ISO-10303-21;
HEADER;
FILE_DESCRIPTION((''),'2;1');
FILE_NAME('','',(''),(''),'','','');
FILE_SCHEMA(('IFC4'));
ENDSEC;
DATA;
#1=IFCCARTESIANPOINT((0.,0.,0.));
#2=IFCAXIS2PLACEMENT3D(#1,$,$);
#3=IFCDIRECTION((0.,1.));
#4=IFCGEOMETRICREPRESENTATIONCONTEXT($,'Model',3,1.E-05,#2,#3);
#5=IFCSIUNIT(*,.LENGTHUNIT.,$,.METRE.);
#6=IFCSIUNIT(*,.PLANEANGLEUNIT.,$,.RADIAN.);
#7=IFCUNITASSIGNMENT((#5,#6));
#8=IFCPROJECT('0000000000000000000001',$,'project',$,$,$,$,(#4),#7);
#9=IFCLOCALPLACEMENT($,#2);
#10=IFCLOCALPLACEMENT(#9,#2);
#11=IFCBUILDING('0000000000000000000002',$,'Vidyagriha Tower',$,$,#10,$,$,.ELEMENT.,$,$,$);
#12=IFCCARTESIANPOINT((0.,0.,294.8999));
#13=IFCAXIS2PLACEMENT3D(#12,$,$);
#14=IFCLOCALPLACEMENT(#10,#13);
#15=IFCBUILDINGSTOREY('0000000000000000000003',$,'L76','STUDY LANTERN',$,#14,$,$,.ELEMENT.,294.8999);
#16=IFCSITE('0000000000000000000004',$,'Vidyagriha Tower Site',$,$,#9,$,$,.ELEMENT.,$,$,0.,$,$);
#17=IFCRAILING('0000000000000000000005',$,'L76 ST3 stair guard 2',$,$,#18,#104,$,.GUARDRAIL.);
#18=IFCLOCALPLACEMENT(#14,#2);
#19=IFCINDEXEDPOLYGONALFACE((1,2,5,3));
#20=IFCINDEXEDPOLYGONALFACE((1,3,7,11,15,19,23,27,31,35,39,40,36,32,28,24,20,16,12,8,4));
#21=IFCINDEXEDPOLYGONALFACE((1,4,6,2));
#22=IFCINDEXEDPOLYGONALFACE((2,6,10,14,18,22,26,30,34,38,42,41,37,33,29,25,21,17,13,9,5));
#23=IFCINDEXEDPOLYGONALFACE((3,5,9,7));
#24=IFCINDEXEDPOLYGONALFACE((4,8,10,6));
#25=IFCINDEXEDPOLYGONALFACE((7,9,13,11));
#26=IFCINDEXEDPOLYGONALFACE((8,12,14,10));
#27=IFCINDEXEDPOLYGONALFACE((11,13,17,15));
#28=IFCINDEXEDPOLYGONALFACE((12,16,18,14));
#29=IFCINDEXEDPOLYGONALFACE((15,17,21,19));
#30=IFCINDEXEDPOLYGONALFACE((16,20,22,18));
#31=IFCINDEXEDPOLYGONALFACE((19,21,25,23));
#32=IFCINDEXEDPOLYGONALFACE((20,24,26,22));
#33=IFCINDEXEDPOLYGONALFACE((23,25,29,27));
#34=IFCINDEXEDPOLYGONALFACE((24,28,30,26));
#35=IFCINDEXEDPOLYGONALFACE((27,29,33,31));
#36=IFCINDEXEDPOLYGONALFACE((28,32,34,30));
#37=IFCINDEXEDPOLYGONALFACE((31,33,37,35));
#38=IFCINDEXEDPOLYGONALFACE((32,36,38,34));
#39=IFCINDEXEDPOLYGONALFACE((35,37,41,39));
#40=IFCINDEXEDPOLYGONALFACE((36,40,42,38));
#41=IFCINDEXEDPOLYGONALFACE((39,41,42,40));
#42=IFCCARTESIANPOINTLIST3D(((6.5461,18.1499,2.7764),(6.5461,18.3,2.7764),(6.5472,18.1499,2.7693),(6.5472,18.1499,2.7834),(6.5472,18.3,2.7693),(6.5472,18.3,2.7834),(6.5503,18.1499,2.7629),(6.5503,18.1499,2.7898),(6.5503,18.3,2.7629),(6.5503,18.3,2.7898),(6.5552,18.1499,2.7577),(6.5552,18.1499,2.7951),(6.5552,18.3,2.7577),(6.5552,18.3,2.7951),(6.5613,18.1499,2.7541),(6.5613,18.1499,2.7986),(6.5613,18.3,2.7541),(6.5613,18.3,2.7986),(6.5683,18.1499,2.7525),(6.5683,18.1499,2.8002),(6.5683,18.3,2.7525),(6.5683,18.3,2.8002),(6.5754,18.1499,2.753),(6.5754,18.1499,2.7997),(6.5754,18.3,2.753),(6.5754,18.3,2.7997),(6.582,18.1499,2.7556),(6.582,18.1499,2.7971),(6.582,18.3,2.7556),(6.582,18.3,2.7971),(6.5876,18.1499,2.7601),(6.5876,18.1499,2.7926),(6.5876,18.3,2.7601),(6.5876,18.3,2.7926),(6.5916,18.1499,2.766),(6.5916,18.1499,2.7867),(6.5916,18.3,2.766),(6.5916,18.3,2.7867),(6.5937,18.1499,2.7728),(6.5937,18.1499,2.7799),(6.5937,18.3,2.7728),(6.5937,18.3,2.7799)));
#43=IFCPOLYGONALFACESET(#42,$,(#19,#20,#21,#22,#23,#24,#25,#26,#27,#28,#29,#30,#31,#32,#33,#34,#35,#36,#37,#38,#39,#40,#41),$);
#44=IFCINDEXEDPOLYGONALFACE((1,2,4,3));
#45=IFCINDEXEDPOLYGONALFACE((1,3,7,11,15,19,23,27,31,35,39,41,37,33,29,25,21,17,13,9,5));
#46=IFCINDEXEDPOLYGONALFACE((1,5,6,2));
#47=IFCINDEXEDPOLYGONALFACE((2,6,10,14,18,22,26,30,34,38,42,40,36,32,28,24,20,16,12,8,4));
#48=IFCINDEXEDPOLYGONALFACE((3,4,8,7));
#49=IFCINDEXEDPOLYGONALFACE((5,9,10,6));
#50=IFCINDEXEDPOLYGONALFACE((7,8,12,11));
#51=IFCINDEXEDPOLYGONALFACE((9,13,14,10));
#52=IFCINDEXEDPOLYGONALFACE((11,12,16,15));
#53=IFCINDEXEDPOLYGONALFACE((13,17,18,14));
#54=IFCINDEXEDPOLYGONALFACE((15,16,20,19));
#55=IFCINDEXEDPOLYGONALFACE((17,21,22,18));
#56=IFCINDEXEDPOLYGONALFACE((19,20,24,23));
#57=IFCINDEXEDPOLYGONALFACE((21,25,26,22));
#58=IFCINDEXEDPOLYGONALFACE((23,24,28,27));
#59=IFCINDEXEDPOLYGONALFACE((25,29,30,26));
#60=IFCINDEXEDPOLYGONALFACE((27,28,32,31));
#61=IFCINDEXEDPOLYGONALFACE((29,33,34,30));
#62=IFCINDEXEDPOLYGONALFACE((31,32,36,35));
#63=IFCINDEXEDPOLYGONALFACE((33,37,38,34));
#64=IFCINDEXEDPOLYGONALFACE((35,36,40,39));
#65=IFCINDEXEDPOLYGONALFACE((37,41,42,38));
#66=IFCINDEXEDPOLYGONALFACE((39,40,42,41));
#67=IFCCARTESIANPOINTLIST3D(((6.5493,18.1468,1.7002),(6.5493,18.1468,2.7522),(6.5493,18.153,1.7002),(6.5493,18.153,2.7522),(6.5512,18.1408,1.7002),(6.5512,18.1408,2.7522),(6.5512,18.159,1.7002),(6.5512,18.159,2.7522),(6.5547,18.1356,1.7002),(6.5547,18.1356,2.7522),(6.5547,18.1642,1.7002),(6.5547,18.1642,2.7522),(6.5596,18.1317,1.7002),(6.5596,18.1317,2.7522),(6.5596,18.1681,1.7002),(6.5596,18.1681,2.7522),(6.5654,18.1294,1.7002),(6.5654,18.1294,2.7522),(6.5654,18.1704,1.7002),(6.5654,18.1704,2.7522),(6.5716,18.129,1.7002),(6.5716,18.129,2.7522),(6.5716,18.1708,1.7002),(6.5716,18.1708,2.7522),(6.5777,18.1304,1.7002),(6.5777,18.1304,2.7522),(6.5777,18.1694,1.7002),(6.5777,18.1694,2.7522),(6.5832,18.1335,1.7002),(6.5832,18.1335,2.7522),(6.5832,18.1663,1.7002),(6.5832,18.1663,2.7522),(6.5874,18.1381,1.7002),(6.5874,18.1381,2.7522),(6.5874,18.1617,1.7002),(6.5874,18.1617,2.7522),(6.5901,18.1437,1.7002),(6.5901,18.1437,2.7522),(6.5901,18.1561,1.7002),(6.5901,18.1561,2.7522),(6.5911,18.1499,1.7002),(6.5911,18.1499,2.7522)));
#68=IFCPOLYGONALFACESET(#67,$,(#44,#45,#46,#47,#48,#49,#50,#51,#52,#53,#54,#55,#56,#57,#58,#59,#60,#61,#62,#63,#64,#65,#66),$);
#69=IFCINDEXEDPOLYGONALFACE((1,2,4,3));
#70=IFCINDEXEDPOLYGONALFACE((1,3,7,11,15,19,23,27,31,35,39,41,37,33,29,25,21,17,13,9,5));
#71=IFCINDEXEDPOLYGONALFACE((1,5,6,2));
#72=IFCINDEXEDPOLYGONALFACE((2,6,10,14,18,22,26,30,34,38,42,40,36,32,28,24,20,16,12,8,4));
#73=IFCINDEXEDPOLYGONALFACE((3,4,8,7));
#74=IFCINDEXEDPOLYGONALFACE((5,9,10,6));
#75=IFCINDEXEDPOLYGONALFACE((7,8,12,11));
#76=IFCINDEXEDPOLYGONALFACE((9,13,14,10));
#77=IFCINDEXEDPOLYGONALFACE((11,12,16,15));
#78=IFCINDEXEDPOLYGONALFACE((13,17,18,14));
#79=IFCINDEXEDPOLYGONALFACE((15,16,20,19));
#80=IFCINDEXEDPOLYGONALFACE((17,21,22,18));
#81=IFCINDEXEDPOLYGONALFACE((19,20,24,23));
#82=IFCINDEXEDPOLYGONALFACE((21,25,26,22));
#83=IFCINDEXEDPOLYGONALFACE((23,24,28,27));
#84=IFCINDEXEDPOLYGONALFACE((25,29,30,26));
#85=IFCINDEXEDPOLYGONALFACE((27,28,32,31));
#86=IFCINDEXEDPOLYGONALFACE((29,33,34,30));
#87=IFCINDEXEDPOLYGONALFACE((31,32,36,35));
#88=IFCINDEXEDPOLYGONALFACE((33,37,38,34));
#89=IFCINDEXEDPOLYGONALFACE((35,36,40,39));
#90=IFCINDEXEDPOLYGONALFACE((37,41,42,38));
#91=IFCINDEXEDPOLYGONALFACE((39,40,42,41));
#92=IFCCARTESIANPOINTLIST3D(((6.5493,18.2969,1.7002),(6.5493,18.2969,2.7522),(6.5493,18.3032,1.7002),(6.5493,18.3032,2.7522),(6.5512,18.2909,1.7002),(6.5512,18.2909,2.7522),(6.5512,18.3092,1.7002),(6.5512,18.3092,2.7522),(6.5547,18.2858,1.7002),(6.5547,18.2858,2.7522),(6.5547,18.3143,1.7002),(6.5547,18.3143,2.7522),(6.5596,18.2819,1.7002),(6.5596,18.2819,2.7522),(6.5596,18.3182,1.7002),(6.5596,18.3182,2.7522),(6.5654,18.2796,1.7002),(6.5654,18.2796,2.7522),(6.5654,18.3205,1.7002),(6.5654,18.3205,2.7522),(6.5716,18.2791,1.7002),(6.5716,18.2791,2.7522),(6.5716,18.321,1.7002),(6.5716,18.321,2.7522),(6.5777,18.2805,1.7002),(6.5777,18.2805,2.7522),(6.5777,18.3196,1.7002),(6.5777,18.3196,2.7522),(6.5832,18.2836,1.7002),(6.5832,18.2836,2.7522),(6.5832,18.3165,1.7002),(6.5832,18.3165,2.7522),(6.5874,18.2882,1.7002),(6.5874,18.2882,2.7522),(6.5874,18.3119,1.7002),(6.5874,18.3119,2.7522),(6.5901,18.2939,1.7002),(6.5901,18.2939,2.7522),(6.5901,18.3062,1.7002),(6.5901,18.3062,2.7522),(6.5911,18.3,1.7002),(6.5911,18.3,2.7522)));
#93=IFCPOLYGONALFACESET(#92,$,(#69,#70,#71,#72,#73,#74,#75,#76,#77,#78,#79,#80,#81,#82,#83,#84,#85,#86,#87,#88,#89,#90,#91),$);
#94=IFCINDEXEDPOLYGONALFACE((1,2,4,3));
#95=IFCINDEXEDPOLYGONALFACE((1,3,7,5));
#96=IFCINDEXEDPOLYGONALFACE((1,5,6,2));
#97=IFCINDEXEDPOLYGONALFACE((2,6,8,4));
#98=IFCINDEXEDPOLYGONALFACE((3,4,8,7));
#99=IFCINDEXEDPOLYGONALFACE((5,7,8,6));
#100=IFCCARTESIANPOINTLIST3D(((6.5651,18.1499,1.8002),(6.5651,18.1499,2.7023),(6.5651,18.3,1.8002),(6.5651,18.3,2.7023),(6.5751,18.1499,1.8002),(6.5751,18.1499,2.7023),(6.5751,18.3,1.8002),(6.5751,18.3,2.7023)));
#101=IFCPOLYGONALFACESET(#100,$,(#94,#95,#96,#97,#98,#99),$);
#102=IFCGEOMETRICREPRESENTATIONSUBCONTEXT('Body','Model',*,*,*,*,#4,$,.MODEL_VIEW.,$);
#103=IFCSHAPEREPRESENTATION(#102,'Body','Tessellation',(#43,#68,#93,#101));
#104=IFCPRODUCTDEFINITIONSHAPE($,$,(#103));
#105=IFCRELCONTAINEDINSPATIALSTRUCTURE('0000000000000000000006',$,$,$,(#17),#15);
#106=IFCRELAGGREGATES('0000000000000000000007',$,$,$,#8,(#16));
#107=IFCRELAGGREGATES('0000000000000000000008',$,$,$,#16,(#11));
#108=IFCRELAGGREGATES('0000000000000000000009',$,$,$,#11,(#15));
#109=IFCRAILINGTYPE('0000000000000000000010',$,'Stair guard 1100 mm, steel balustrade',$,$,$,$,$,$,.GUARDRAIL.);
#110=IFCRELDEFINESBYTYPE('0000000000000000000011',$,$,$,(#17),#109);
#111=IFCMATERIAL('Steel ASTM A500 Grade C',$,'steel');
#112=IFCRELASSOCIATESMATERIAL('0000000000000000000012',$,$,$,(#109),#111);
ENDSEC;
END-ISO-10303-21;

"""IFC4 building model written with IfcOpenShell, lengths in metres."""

from ifc_helpers import new_model, si_unit, direction, frame, origin, origin_2d, place, context, subcontext, project, spatial, rectangle, circle, extrude, material, type_object, element, save


model = new_model("IFC4")

# Units and contexts
model_context = context("Model", 3, precision=1e-05, world=origin(), true_north=direction((0.0, 1.0)))
body_context = subcontext(model_context, "Body", "Model", "MODEL_VIEW")
ifc_project = project(units=[si_unit("LENGTHUNIT", "METRE"), si_unit("PLANEANGLEUNIT", "RADIAN")], contexts=[model_context])

# Site, building, storey
site_placement = place(None, origin())
site = spatial("IfcSite", under=ifc_project, at=site_placement, Name="Vidyagriha Tower Site", CompositionType="ELEMENT", RefElevation=0.0)
building_placement = place(site_placement, origin())
building = spatial("IfcBuilding", under=site, at=building_placement, Name="Vidyagriha Tower", CompositionType="ELEMENT")
storey_placement = place(building_placement, frame((0.0, 0.0, 294.8999)))
storey = spatial("IfcBuildingStorey", under=building, at=storey_placement, Name="L76", Description="STUDY LANTERN", CompositionType="ELEMENT", Elevation=294.8999)

# Railing
ifc_material_1 = material(Name="Steel ASTM A500 Grade C", Category="steel")
railing_type_1 = type_object("IfcRailingType", Name="Stair guard 1100 mm, steel balustrade", PredefinedType="GUARDRAIL", material=ifc_material_1)
railing_1_placement = place(storey_placement, frame((6.5701, 18.1499, 1.7002)))
element("IfcRailing", 1, at=railing_1_placement, inside=storey, type_object=railing_type_1, Name="L76 ST3 stair guard 2", PredefinedType="GUARDRAIL", context=body_context, shape_type="SweptSolid", body=[
    extrude(circle(Radius=0.0239, at=origin_2d()), frame((0.0, 0.0, 1.0762), z_axis=(0.0, 1.0, 0.0), x_axis=(-1.0, 0.0, 0.0)), (0.0, 0.0, 1.0), 0.1501),
    extrude(circle(Radius=0.021, at=origin_2d()), origin(), (0.0, 0.0, 1.0), 1.052),
    extrude(circle(Radius=0.021, at=origin_2d()), frame((0.0, 0.1501, 0.0)), (0.0, 0.0, 1.0), 1.052),
    extrude(rectangle(XDim=0.01, YDim=0.9021, at=origin_2d()), frame((0.0, 0.0, 0.551), z_axis=(0.0, 1.0, 0.0), x_axis=(-1.0, 0.0, 0.0)), (0.0, 0.0, 1.0), 0.1501),
])

save(model, "model.ifc")
